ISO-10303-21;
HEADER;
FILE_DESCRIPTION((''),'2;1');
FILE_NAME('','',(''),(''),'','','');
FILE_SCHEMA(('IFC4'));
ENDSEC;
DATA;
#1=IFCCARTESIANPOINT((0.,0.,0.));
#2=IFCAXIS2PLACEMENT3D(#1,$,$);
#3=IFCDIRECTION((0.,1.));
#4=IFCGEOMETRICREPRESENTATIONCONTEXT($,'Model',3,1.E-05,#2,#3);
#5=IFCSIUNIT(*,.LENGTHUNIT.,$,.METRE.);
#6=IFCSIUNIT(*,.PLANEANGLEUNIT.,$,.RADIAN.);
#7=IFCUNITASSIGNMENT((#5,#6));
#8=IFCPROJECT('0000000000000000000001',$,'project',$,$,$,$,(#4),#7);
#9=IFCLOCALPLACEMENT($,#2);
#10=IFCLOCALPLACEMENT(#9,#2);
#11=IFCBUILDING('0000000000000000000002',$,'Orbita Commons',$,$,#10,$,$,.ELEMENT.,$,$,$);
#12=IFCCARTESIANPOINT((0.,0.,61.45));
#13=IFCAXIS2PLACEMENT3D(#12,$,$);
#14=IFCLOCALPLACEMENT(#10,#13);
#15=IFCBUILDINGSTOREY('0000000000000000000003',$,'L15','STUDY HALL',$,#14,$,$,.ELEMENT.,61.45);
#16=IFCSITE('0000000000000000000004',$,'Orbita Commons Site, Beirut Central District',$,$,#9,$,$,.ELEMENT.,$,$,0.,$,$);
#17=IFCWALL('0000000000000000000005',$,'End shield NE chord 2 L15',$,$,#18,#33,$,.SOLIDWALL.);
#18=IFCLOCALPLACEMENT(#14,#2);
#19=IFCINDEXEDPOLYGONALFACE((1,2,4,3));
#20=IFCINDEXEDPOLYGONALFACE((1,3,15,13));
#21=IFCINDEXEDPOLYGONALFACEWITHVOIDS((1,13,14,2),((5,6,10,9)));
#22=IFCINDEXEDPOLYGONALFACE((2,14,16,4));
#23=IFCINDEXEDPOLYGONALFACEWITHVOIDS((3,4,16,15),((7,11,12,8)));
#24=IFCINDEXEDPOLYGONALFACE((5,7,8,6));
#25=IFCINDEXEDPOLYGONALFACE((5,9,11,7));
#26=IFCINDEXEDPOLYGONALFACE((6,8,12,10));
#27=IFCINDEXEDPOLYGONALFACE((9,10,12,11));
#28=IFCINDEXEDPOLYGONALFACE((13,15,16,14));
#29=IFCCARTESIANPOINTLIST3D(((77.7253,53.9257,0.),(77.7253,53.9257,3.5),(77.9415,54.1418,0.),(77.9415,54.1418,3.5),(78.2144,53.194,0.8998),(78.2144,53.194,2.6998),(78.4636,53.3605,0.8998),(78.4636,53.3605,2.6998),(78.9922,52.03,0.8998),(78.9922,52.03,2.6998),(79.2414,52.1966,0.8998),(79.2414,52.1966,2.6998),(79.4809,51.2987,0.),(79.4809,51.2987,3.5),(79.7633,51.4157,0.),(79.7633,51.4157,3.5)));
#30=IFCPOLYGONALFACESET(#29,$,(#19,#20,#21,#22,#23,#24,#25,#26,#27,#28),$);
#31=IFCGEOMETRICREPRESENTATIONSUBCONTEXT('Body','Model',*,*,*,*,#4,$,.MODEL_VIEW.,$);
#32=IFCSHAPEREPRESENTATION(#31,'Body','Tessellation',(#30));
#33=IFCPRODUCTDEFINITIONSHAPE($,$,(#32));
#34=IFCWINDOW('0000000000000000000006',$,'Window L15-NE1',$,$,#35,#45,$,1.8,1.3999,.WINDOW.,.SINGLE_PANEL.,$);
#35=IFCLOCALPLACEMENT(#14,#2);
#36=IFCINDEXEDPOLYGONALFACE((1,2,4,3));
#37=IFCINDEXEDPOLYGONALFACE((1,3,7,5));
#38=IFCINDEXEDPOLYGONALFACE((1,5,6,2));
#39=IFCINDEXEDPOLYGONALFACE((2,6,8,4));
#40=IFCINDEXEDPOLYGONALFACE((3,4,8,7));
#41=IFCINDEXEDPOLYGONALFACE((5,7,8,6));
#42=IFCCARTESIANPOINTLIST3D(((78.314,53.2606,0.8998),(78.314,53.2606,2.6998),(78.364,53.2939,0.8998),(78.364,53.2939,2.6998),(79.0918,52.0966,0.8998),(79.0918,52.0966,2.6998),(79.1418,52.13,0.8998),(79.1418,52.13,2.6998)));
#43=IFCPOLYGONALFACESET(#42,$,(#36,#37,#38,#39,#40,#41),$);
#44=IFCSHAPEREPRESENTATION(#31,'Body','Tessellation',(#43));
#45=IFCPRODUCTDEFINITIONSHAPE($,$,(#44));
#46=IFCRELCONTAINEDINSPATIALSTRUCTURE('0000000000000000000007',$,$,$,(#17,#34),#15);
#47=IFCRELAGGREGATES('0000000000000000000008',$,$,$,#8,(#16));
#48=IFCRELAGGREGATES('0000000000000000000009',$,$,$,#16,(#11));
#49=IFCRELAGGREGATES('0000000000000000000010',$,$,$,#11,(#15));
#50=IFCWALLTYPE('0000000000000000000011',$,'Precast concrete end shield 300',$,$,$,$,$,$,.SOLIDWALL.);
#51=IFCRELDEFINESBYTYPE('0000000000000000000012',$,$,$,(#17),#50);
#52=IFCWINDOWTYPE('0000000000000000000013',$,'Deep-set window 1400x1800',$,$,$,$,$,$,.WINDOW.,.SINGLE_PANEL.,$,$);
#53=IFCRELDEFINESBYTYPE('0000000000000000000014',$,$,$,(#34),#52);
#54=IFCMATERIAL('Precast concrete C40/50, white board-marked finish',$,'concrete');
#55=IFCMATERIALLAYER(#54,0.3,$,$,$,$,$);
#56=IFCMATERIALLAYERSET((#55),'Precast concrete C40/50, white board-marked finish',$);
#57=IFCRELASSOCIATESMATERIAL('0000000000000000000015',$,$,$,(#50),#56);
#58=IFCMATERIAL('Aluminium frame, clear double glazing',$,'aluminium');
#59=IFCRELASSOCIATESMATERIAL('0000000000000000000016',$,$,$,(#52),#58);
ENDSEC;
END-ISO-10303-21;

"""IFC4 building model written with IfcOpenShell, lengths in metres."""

from ifc_helpers import new_model, si_unit, direction, frame, frame_2d, origin, place, context, subcontext, project, spatial, polyline, rectangle, outline, extrude, material, layer, layer_set, type_object, element, fill, save


model = new_model("IFC4")

# Units and contexts
model_context = context("Model", 3, precision=1e-05, world=origin(), true_north=direction((0.0, 1.0)))
body_context = subcontext(model_context, "Body", "Model", "MODEL_VIEW")
ifc_project = project(units=[si_unit("LENGTHUNIT", "METRE"), si_unit("PLANEANGLEUNIT", "RADIAN")], contexts=[model_context])

# Site, building, storey
site_placement = place(None, origin())
site = spatial("IfcSite", under=ifc_project, at=site_placement, Name="Orbita Commons Site, Beirut Central District", CompositionType="ELEMENT", RefElevation=0.0)
building_placement = place(site_placement, origin())
building = spatial("IfcBuilding", under=site, at=building_placement, Name="Orbita Commons", CompositionType="ELEMENT")
storey_placement = place(building_placement, frame((0.0, 0.0, 61.45)))
storey = spatial("IfcBuildingStorey", under=building, at=storey_placement, Name="L15", Description="STUDY HALL", CompositionType="ELEMENT", Elevation=61.45)

# Wall, opening, window
ifc_material_1 = material(Name="Precast concrete C40/50, white board-marked finish", Category="concrete")
ifc_layer_1 = layer(ifc_material_1, 0.3)
ifc_layer_set_1 = layer_set([ifc_layer_1], Name="Precast concrete C40/50, white board-marked finish")
wall_type_1 = type_object("IfcWallType", Name="Precast concrete end shield 300", PredefinedType="SOLIDWALL", material=ifc_layer_set_1)
wall_1_placement = place(storey_placement, frame((79.6221, 51.3572, 0.0), z_axis=(0.0, 0.0, 1.0), x_axis=(-0.55561, 0.831443, 0.0)))
wall_1 = element("IfcWall", 1, at=wall_1_placement, inside=storey, type_object=wall_type_1, Name="End shield NE chord 2 L15", PredefinedType="SOLIDWALL", context=body_context, shape_type="SweptSolid", body=[
    extrude(outline(polyline([(-0.0298, -0.1499), (3.249, -0.1499), (3.1895, 0.1499), (0.0298, 0.1499), (-0.0298, -0.1499)])), origin(), (0.0, 0.0, 1.0), 3.5),
])
opening_1_placement = place(wall_1_placement, frame((0.9094, 0.0, 0.8999)))
opening_1 = element("IfcOpeningElement", 2, at=opening_1_placement, cuts=wall_1, PredefinedType="OPENING", context=body_context, shape_type="SweptSolid", body=[
    extrude(rectangle(XDim=1.3999, YDim=1.8, at=frame_2d((0.7, 0.8999))), frame((0.0, 0.1599, 0.0), z_axis=(0.0, -1.0, 0.0), x_axis=(1.0, 0.0, 0.0)), (0.0, 0.0, 1.0), 0.3201),
])
ifc_material_2 = material(Name="Aluminium frame, clear double glazing", Category="aluminium")
window_type = type_object("IfcWindowType", Name="Deep-set window 1400x1800", PartitioningType="SINGLE_PANEL", PredefinedType="WINDOW", material=ifc_material_2)
window_placement = place(opening_1_placement, origin())
window = element("IfcWindow", 3, at=window_placement, inside=storey, type_object=window_type, Name="Window L15-NE1", OverallHeight=1.8, OverallWidth=1.3999, PartitioningType="SINGLE_PANEL", PredefinedType="WINDOW", context=body_context, shape_type="SweptSolid", body=[
    extrude(rectangle(XDim=1.3999, YDim=1.8, at=frame_2d((0.7, 0.8999))), frame((0.0, 0.03, 0.0), z_axis=(0.0, -1.0, 0.0), x_axis=(1.0, 0.0, 0.0)), (0.0, 0.0, 1.0), 0.0601),
])
fill(opening_1, window)

save(model, "model.ifc")
